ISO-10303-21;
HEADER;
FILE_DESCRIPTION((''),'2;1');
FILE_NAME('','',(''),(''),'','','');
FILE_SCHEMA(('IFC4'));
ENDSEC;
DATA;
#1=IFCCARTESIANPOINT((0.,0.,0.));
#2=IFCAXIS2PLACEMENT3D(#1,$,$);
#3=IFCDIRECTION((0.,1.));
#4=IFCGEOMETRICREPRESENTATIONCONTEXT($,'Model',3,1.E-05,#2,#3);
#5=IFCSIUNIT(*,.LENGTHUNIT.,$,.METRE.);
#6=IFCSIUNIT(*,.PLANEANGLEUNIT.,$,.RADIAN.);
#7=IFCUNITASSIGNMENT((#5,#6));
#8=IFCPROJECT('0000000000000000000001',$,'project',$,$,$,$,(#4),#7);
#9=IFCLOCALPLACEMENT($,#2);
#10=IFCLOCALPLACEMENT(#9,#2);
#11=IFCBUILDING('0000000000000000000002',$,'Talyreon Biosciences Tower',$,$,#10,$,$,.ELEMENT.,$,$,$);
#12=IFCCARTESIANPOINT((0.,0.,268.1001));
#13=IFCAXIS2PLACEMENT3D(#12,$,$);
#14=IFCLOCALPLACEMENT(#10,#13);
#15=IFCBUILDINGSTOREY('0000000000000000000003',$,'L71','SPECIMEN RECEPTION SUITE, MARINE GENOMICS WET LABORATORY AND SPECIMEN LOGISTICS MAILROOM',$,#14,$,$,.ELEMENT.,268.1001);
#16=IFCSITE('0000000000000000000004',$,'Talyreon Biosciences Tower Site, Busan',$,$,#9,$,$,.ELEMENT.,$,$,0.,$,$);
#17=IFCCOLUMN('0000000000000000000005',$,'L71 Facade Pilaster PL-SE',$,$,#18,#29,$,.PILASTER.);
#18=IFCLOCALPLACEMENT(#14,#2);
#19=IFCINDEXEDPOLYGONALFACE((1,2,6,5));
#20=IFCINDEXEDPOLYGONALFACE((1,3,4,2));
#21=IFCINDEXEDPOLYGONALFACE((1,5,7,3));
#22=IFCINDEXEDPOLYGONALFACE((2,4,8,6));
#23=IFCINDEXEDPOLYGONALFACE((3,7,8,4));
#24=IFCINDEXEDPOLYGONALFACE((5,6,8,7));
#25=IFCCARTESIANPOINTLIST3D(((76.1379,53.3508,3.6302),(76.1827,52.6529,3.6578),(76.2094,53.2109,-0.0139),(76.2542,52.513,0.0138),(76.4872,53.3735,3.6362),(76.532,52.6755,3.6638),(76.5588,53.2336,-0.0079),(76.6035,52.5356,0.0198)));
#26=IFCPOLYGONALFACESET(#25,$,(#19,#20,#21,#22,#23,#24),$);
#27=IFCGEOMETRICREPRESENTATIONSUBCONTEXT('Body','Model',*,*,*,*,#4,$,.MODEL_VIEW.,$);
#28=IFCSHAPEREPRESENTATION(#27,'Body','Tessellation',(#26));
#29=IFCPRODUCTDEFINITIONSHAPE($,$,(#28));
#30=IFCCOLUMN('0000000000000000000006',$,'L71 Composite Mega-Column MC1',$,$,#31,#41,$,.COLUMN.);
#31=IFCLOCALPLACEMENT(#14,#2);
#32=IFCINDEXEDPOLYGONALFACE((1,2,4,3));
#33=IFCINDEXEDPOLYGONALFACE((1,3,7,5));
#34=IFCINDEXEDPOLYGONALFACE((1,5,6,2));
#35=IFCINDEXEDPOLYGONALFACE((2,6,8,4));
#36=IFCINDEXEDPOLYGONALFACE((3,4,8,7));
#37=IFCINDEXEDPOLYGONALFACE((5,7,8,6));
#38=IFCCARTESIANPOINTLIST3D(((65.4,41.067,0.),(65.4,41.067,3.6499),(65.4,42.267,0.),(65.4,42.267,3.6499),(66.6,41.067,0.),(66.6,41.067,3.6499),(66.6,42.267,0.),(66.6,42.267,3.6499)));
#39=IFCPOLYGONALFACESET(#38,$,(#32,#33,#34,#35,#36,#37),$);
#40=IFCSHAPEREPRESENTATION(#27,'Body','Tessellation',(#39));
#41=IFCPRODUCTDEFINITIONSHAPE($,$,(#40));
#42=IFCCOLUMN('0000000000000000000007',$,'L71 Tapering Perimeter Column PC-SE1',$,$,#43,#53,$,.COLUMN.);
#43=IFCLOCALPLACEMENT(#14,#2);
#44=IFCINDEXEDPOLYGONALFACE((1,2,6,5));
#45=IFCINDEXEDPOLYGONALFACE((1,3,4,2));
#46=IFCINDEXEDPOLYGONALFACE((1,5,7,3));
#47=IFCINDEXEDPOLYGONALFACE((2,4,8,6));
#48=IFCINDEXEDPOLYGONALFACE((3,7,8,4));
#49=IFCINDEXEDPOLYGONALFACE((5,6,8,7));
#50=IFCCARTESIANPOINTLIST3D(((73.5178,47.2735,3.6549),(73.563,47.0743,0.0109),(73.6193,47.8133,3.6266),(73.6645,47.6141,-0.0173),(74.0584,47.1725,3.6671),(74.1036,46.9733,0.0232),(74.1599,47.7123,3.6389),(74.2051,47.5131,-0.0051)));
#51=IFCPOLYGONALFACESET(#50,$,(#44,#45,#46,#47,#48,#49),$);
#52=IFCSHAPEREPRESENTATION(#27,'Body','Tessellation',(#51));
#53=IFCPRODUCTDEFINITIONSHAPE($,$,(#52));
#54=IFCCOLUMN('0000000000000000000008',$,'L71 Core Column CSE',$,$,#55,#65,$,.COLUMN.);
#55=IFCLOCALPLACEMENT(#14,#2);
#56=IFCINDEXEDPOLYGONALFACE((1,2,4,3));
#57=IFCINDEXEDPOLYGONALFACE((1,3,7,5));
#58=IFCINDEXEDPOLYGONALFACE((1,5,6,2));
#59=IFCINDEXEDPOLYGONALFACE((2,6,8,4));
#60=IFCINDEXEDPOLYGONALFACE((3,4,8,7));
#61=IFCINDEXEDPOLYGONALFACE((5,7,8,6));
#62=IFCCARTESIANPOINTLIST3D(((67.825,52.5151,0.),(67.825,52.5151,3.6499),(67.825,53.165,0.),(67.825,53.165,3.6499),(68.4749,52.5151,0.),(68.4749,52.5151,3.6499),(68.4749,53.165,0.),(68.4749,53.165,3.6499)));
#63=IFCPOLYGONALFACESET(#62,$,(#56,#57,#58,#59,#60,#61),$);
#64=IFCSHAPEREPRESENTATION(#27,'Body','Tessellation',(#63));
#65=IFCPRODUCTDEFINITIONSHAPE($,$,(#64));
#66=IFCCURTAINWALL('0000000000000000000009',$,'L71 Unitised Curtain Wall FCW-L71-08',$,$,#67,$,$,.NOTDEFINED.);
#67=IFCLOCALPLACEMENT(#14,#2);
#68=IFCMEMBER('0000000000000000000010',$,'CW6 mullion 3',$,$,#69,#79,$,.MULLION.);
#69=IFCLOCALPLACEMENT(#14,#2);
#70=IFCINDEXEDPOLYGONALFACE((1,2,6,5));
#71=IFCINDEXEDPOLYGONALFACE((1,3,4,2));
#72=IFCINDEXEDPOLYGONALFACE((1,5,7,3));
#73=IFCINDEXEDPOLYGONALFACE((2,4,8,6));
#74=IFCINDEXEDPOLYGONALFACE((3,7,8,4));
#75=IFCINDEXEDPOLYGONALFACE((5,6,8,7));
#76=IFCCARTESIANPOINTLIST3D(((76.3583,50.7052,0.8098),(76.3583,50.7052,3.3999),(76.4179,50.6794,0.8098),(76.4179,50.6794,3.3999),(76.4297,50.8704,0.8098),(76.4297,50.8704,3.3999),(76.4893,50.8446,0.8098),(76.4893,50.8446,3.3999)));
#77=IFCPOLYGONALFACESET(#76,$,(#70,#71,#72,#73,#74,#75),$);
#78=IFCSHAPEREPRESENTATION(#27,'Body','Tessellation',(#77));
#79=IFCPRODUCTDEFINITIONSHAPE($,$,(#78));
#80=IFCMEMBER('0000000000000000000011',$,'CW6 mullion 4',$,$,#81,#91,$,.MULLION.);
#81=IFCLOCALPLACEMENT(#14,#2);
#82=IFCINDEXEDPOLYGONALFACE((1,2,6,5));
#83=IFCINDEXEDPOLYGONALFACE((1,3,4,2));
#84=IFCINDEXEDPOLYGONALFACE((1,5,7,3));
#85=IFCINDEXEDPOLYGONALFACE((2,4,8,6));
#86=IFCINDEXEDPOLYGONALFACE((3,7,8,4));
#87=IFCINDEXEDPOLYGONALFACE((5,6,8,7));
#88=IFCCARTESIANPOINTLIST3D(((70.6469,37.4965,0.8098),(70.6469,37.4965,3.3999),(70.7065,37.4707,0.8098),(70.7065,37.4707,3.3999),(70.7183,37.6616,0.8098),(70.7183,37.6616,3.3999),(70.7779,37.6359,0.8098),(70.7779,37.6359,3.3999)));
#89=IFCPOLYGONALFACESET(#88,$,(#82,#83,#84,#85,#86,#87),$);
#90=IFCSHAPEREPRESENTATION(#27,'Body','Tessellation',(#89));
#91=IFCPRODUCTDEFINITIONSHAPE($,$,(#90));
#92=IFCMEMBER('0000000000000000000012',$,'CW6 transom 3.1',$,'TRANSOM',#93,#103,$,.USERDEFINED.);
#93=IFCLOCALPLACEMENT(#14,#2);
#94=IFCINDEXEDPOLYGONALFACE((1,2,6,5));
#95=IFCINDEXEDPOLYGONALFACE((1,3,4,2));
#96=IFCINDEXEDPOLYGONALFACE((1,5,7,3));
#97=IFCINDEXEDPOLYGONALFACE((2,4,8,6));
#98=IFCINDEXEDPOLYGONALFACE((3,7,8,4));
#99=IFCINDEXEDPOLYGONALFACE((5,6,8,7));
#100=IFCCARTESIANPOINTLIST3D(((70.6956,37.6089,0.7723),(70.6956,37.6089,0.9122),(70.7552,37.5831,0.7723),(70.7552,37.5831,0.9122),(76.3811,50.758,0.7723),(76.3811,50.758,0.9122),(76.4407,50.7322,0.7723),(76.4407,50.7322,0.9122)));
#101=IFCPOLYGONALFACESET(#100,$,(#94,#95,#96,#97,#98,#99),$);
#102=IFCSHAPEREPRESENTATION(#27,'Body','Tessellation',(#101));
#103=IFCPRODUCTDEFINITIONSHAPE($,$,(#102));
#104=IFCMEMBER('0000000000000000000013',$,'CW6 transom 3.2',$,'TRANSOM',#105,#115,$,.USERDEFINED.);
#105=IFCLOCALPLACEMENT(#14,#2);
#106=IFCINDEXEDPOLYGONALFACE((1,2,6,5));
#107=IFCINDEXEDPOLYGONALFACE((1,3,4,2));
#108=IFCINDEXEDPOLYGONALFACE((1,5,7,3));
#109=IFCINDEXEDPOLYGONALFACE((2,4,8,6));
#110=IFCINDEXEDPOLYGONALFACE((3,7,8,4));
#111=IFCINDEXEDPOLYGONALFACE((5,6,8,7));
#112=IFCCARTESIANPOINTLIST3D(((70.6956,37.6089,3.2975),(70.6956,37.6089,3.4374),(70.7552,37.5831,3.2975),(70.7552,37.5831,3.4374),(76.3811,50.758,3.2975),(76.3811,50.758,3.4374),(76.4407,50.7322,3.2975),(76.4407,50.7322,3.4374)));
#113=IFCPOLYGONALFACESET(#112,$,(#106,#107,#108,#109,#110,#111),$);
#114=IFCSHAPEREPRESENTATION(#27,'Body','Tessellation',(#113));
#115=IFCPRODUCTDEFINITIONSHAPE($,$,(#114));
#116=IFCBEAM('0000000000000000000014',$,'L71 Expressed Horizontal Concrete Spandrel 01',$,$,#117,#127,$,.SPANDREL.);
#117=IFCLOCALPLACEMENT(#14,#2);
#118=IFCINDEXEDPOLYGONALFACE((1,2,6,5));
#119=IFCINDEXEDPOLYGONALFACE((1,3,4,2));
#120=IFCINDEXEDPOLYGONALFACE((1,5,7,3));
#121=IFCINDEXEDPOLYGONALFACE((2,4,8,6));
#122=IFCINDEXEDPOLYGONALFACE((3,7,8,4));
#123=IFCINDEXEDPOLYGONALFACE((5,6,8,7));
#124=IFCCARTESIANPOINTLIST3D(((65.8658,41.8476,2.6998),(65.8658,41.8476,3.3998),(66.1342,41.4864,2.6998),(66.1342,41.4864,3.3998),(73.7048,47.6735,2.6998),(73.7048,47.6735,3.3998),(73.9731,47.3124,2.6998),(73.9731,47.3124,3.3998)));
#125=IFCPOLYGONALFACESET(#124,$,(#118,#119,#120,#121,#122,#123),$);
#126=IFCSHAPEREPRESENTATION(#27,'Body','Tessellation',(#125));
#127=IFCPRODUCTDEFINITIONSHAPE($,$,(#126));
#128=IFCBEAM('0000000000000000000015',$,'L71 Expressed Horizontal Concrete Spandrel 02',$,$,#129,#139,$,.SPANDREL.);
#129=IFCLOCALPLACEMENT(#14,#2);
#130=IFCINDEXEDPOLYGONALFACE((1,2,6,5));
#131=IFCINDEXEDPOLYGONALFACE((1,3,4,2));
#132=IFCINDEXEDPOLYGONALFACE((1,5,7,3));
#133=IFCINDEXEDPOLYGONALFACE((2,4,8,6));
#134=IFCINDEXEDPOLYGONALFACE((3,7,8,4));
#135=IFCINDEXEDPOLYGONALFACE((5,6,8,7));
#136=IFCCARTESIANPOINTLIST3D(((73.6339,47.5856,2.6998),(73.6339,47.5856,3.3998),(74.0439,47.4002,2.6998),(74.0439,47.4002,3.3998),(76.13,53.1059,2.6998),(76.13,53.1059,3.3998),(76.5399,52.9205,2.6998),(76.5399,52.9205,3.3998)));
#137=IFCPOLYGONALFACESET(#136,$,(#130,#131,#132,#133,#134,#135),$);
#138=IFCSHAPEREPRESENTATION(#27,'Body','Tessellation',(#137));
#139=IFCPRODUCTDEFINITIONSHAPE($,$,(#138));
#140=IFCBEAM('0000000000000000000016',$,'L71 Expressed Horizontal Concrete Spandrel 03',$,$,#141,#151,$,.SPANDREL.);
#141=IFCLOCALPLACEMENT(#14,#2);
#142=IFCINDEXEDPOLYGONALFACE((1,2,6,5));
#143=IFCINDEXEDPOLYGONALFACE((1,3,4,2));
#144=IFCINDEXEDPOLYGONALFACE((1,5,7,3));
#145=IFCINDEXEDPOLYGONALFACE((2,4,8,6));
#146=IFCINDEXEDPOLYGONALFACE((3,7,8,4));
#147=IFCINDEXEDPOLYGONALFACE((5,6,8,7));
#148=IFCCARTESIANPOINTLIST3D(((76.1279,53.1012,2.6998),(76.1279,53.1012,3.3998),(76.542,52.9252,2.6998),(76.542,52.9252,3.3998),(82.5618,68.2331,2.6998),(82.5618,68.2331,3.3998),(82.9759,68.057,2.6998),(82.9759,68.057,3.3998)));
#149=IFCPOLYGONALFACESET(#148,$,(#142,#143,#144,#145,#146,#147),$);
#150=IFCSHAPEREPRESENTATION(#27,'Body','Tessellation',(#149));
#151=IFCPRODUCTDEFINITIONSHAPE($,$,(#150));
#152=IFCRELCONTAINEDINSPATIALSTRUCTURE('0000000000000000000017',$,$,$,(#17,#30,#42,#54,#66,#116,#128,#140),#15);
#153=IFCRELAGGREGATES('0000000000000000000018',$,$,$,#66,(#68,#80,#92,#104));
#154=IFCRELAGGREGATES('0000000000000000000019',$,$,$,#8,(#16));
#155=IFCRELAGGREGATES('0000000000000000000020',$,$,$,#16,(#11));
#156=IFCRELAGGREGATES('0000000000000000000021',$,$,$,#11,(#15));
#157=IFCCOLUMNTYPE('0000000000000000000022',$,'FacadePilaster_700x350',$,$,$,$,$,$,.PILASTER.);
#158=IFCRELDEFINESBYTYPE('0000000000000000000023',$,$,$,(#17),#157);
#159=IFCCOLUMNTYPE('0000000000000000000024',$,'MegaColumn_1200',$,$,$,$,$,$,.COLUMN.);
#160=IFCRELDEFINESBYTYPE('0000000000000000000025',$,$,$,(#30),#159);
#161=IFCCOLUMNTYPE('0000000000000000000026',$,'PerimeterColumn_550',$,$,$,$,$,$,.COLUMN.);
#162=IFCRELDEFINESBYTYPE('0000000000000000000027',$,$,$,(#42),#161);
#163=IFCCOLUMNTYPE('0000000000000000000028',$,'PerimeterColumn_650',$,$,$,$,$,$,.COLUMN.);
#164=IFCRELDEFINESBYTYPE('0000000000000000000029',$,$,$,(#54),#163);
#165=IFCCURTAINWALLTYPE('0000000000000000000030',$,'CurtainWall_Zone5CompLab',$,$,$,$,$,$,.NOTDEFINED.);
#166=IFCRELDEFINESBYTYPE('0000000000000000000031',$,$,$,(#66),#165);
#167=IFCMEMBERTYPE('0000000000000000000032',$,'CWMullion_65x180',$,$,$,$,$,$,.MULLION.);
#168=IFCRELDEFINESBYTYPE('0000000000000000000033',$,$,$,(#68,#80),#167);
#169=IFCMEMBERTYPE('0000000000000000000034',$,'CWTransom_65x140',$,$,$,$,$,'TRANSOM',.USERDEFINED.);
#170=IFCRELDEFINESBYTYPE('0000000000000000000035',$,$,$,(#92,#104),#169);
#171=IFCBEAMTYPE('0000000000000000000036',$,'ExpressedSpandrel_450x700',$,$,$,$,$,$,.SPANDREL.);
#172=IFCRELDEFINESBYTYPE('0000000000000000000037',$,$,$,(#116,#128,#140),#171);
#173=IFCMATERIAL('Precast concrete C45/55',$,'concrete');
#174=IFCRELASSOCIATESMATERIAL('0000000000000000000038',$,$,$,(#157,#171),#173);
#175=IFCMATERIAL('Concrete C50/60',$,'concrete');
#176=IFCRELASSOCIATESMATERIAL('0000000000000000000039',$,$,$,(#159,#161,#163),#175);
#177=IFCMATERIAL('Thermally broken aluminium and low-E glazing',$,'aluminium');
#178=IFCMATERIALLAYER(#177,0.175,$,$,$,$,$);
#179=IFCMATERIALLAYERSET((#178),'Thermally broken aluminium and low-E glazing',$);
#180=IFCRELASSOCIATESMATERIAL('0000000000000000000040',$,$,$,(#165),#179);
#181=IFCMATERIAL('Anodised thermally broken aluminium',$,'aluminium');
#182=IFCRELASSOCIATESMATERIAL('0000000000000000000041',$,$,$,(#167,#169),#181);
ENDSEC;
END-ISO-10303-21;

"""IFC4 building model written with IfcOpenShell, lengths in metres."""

from ifc_helpers import new_model, si_unit, direction, frame, origin, origin_2d, place, context, subcontext, project, spatial, rectangle, extrude, material, layer, layer_set, material_profile, profile_set, type_object, element, aggregate, save


model = new_model("IFC4")

# Units and contexts
model_context = context("Model", 3, precision=1e-05, world=origin(), true_north=direction((0.0, 1.0)))
body_context = subcontext(model_context, "Body", "Model", "MODEL_VIEW")
ifc_project = project(units=[si_unit("LENGTHUNIT", "METRE"), si_unit("PLANEANGLEUNIT", "RADIAN")], contexts=[model_context])

# Site, building, storey
site_placement = place(None, origin())
site = spatial("IfcSite", under=ifc_project, at=site_placement, Name="Talyreon Biosciences Tower Site, Busan", CompositionType="ELEMENT", RefElevation=0.0)
building_placement = place(site_placement, origin())
building = spatial("IfcBuilding", under=site, at=building_placement, Name="Talyreon Biosciences Tower", CompositionType="ELEMENT")
storey_placement = place(building_placement, frame((0.0, 0.0, 268.1001)))
storey = spatial("IfcBuildingStorey", under=building, at=storey_placement, Name="L71", Description="SPECIMEN RECEPTION SUITE, MARINE GENOMICS WET LABORATORY AND SPECIMEN LOGISTICS MAILROOM", CompositionType="ELEMENT", Elevation=268.1001)

# Columns
ifc_material_1 = material(Name="Precast concrete C45/55", Category="concrete")
ifc_material_profile_1 = material_profile(ifc_material_1, rectangle(XDim=0.7, YDim=0.3501, at=origin_2d()), Name="RC 700x350")
ifc_profile_set_1 = profile_set([ifc_material_profile_1], Name="Precast concrete C45/55")
column_type_1 = type_object("IfcColumnType", Name="FacadePilaster_700x350", PredefinedType="PILASTER", material=ifc_profile_set_1)
column_1_placement = place(storey_placement, frame((76.4065, 52.8733, 0.0029), z_axis=(-0.019612, 0.038354, 0.999072), x_axis=(0.063999, -0.997166, 0.039537)))
element("IfcColumn", 1, at=column_1_placement, inside=storey, type_object=column_type_1, Name="L71 Facade Pilaster PL-SE", PredefinedType="PILASTER", context=body_context, shape_type="SweptSolid", body=[
    extrude(rectangle(XDim=0.7, YDim=0.3501, at=origin_2d()), origin(), (0.0, 0.0, 1.0), 3.6475),
])
ifc_material_2 = material(Name="Concrete C50/60", Category="concrete")
ifc_material_profile_2 = material_profile(ifc_material_2, rectangle(XDim=1.2, YDim=1.2, at=origin_2d()), Name="RC 1200x1200")
ifc_profile_set_2 = profile_set([ifc_material_profile_2], Name="Concrete C50/60")
column_type_2 = type_object("IfcColumnType", Name="MegaColumn_1200", PredefinedType="COLUMN", material=ifc_profile_set_2)
column_2_placement = place(storey_placement, frame((66.0, 41.667, 0.0), z_axis=(0.0, 0.0, 1.0), x_axis=(1.0, 0.0, 0.0)))
element("IfcColumn", 2, at=column_2_placement, inside=storey, type_object=column_type_2, Name="L71 Composite Mega-Column MC1", PredefinedType="COLUMN", context=body_context, shape_type="SweptSolid", body=[
    extrude(rectangle(XDim=1.2, YDim=1.2, at=origin_2d()), origin(), (0.0, 0.0, 1.0), 3.6499),
])
ifc_material_profile_3 = material_profile(ifc_material_2, rectangle(XDim=0.55, YDim=0.55, at=origin_2d()), Name="RC 550x550")
ifc_profile_set_3 = profile_set([ifc_material_profile_3], Name="Concrete C50/60")
column_type_3 = type_object("IfcColumnType", Name="PerimeterColumn_550", PredefinedType="COLUMN", material=ifc_profile_set_3)
column_3_placement = place(storey_placement, frame((73.884, 47.2937, 0.0029), z_axis=(-0.012375, 0.054584, 0.998432), x_axis=(-0.184563, -0.981477, 0.05137)))
element("IfcColumn", 3, at=column_3_placement, inside=storey, type_object=column_type_3, Name="L71 Tapering Perimeter Column PC-SE1", PredefinedType="COLUMN", context=body_context, shape_type="SweptSolid", body=[
    extrude(rectangle(XDim=0.55, YDim=0.55, at=origin_2d()), origin(), (0.0, 0.0, 1.0), 3.6497),
])
ifc_material_profile_4 = material_profile(ifc_material_2, rectangle(XDim=0.6499, YDim=0.6499, at=origin_2d()), Name="RC 650x650")
ifc_profile_set_4 = profile_set([ifc_material_profile_4], Name="Concrete C50/60")
column_type_4 = type_object("IfcColumnType", Name="PerimeterColumn_650", PredefinedType="COLUMN", material=ifc_profile_set_4)
column_4_placement = place(storey_placement, frame((68.1499, 52.8401, 0.0), z_axis=(0.0, 0.0, 1.0), x_axis=(1.0, 0.0, 0.0)))
element("IfcColumn", 4, at=column_4_placement, inside=storey, type_object=column_type_4, Name="L71 Core Column CSE", PredefinedType="COLUMN", context=body_context, shape_type="SweptSolid", body=[
    extrude(rectangle(XDim=0.6499, YDim=0.6499, at=origin_2d()), origin(), (0.0, 0.0, 1.0), 3.6499),
])

# Curtain wall, members
ifc_material_3 = material(Name="Thermally broken aluminium and low-E glazing", Category="aluminium")
ifc_layer_1 = layer(ifc_material_3, 0.175)
ifc_layer_set_1 = layer_set([ifc_layer_1], Name="Thermally broken aluminium and low-E glazing")
curtain_wall_type = type_object("IfcCurtainWallType", Name="CurtainWall_Zone5CompLab", PredefinedType="NOTDEFINED", material=ifc_layer_set_1)
curtain_wall_placement = place(storey_placement, origin())
curtain_wall = element("IfcCurtainWall", 5, at=curtain_wall_placement, inside=storey, type_object=curtain_wall_type, Name="L71 Unitised Curtain Wall FCW-L71-08", PredefinedType="NOTDEFINED")
ifc_material_4 = material(Name="Anodised thermally broken aluminium", Category="aluminium")
ifc_material_profile_5 = material_profile(ifc_material_4, rectangle(XDim=0.0649, YDim=0.1799, at=origin_2d()), Name="ALUM MULLION 65x180")
ifc_profile_set_5 = profile_set([ifc_material_profile_5], Name="Anodised thermally broken aluminium")
member_type_1 = type_object("IfcMemberType", Name="CWMullion_65x180", PredefinedType="MULLION", material=ifc_profile_set_5)
member_1_placement = place(storey_placement, frame((76.4238, 50.7749, 0.8098), z_axis=(0.0, 0.0, 1.0), x_axis=(0.917868, -0.396887, 0.0)))
member_1 = element("IfcMember", 6, at=member_1_placement, type_object=member_type_1, Name="CW6 mullion 3", PredefinedType="MULLION", context=body_context, shape_type="SweptSolid", body=[
    extrude(rectangle(XDim=0.0649, YDim=0.1799, at=origin_2d()), origin(), (0.0, 0.0, 1.0), 2.5901),
])
member_2_placement = place(storey_placement, frame((70.7124, 37.5662, 0.8098), z_axis=(0.0, 0.0, 1.0), x_axis=(0.917868, -0.396887, 0.0)))
member_2 = element("IfcMember", 7, at=member_2_placement, type_object=member_type_1, Name="CW6 mullion 4", PredefinedType="MULLION", context=body_context, shape_type="SweptSolid", body=[
    extrude(rectangle(XDim=0.0649, YDim=0.1799, at=origin_2d()), origin(), (0.0, 0.0, 1.0), 2.5901),
])
ifc_material_profile_6 = material_profile(ifc_material_4, rectangle(XDim=0.0649, YDim=0.1399, at=origin_2d()), Name="ALUM TRANSOM 65x140")
ifc_profile_set_6 = profile_set([ifc_material_profile_6], Name="Anodised thermally broken aluminium")
member_type_2 = type_object("IfcMemberType", Name="CWTransom_65x140", ElementType="TRANSOM", PredefinedType="USERDEFINED", material=ifc_profile_set_6)
member_3_placement = place(storey_placement, frame((76.4109, 50.7451, 0.8423), z_axis=(-0.396877, -0.917872, 0.0), x_axis=(0.917872, -0.396877, 0.0)))
member_3 = element("IfcMember", 8, at=member_3_placement, type_object=member_type_2, Name="CW6 transom 3.1", ObjectType="TRANSOM", PredefinedType="USERDEFINED", context=body_context, shape_type="SweptSolid", body=[
    extrude(rectangle(XDim=0.0649, YDim=0.1399, at=origin_2d()), origin(), (0.0, 0.0, 1.0), 14.3257),
])
member_4_placement = place(storey_placement, frame((76.4109, 50.7451, 3.3674), z_axis=(-0.396877, -0.917872, 0.0), x_axis=(0.917872, -0.396877, 0.0)))
member_4 = element("IfcMember", 9, at=member_4_placement, type_object=member_type_2, Name="CW6 transom 3.2", ObjectType="TRANSOM", PredefinedType="USERDEFINED", context=body_context, shape_type="SweptSolid", body=[
    extrude(rectangle(XDim=0.0649, YDim=0.1399, at=origin_2d()), origin(), (0.0, 0.0, 1.0), 14.3257),
])

# Beams
ifc_material_profile_7 = material_profile(ifc_material_1, rectangle(XDim=0.45, YDim=0.7, at=origin_2d()), Name="RCB 450x700")
ifc_profile_set_7 = profile_set([ifc_material_profile_7], Name="Precast concrete C45/55")
beam_type_1 = type_object("IfcBeamType", Name="ExpressedSpandrel_450x700", PredefinedType="SPANDREL", material=ifc_profile_set_7)
beam_1_placement = place(storey_placement, frame((66.0, 41.667, 3.0498), z_axis=(0.802608, 0.596507, 0.0), x_axis=(-0.596507, 0.802608, 0.0)))
element("IfcBeam", 10, at=beam_1_placement, inside=storey, type_object=beam_type_1, Name="L71 Expressed Horizontal Concrete Spandrel 01", PredefinedType="SPANDREL", context=body_context, shape_type="SweptSolid", body=[
    extrude(rectangle(XDim=0.45, YDim=0.7, at=origin_2d()), origin(), (0.0, 0.0, 1.0), 9.7668),
])
beam_2_placement = place(storey_placement, frame((73.8389, 47.4929, 3.0498), z_axis=(0.412008, 0.91118, 0.0), x_axis=(-0.91118, 0.412008, 0.0)))
element("IfcBeam", 11, at=beam_2_placement, inside=storey, type_object=beam_type_1, Name="L71 Expressed Horizontal Concrete Spandrel 02", PredefinedType="SPANDREL", context=body_context, shape_type="SweptSolid", body=[
    extrude(rectangle(XDim=0.45, YDim=0.7, at=origin_2d()), origin(), (0.0, 0.0, 1.0), 6.0583),
])
beam_3_placement = place(storey_placement, frame((76.335, 53.0132, 3.0498), z_axis=(0.391285, 0.920269, 0.0), x_axis=(-0.920269, 0.391285, 0.0)))
element("IfcBeam", 12, at=beam_3_placement, inside=storey, type_object=beam_type_1, Name="L71 Expressed Horizontal Concrete Spandrel 03", PredefinedType="SPANDREL", context=body_context, shape_type="SweptSolid", body=[
    extrude(rectangle(XDim=0.45, YDim=0.7, at=origin_2d()), origin(), (0.0, 0.0, 1.0), 16.4429),
])

aggregate(curtain_wall, [member_1, member_2, member_3, member_4])

save(model, "model.ifc")
